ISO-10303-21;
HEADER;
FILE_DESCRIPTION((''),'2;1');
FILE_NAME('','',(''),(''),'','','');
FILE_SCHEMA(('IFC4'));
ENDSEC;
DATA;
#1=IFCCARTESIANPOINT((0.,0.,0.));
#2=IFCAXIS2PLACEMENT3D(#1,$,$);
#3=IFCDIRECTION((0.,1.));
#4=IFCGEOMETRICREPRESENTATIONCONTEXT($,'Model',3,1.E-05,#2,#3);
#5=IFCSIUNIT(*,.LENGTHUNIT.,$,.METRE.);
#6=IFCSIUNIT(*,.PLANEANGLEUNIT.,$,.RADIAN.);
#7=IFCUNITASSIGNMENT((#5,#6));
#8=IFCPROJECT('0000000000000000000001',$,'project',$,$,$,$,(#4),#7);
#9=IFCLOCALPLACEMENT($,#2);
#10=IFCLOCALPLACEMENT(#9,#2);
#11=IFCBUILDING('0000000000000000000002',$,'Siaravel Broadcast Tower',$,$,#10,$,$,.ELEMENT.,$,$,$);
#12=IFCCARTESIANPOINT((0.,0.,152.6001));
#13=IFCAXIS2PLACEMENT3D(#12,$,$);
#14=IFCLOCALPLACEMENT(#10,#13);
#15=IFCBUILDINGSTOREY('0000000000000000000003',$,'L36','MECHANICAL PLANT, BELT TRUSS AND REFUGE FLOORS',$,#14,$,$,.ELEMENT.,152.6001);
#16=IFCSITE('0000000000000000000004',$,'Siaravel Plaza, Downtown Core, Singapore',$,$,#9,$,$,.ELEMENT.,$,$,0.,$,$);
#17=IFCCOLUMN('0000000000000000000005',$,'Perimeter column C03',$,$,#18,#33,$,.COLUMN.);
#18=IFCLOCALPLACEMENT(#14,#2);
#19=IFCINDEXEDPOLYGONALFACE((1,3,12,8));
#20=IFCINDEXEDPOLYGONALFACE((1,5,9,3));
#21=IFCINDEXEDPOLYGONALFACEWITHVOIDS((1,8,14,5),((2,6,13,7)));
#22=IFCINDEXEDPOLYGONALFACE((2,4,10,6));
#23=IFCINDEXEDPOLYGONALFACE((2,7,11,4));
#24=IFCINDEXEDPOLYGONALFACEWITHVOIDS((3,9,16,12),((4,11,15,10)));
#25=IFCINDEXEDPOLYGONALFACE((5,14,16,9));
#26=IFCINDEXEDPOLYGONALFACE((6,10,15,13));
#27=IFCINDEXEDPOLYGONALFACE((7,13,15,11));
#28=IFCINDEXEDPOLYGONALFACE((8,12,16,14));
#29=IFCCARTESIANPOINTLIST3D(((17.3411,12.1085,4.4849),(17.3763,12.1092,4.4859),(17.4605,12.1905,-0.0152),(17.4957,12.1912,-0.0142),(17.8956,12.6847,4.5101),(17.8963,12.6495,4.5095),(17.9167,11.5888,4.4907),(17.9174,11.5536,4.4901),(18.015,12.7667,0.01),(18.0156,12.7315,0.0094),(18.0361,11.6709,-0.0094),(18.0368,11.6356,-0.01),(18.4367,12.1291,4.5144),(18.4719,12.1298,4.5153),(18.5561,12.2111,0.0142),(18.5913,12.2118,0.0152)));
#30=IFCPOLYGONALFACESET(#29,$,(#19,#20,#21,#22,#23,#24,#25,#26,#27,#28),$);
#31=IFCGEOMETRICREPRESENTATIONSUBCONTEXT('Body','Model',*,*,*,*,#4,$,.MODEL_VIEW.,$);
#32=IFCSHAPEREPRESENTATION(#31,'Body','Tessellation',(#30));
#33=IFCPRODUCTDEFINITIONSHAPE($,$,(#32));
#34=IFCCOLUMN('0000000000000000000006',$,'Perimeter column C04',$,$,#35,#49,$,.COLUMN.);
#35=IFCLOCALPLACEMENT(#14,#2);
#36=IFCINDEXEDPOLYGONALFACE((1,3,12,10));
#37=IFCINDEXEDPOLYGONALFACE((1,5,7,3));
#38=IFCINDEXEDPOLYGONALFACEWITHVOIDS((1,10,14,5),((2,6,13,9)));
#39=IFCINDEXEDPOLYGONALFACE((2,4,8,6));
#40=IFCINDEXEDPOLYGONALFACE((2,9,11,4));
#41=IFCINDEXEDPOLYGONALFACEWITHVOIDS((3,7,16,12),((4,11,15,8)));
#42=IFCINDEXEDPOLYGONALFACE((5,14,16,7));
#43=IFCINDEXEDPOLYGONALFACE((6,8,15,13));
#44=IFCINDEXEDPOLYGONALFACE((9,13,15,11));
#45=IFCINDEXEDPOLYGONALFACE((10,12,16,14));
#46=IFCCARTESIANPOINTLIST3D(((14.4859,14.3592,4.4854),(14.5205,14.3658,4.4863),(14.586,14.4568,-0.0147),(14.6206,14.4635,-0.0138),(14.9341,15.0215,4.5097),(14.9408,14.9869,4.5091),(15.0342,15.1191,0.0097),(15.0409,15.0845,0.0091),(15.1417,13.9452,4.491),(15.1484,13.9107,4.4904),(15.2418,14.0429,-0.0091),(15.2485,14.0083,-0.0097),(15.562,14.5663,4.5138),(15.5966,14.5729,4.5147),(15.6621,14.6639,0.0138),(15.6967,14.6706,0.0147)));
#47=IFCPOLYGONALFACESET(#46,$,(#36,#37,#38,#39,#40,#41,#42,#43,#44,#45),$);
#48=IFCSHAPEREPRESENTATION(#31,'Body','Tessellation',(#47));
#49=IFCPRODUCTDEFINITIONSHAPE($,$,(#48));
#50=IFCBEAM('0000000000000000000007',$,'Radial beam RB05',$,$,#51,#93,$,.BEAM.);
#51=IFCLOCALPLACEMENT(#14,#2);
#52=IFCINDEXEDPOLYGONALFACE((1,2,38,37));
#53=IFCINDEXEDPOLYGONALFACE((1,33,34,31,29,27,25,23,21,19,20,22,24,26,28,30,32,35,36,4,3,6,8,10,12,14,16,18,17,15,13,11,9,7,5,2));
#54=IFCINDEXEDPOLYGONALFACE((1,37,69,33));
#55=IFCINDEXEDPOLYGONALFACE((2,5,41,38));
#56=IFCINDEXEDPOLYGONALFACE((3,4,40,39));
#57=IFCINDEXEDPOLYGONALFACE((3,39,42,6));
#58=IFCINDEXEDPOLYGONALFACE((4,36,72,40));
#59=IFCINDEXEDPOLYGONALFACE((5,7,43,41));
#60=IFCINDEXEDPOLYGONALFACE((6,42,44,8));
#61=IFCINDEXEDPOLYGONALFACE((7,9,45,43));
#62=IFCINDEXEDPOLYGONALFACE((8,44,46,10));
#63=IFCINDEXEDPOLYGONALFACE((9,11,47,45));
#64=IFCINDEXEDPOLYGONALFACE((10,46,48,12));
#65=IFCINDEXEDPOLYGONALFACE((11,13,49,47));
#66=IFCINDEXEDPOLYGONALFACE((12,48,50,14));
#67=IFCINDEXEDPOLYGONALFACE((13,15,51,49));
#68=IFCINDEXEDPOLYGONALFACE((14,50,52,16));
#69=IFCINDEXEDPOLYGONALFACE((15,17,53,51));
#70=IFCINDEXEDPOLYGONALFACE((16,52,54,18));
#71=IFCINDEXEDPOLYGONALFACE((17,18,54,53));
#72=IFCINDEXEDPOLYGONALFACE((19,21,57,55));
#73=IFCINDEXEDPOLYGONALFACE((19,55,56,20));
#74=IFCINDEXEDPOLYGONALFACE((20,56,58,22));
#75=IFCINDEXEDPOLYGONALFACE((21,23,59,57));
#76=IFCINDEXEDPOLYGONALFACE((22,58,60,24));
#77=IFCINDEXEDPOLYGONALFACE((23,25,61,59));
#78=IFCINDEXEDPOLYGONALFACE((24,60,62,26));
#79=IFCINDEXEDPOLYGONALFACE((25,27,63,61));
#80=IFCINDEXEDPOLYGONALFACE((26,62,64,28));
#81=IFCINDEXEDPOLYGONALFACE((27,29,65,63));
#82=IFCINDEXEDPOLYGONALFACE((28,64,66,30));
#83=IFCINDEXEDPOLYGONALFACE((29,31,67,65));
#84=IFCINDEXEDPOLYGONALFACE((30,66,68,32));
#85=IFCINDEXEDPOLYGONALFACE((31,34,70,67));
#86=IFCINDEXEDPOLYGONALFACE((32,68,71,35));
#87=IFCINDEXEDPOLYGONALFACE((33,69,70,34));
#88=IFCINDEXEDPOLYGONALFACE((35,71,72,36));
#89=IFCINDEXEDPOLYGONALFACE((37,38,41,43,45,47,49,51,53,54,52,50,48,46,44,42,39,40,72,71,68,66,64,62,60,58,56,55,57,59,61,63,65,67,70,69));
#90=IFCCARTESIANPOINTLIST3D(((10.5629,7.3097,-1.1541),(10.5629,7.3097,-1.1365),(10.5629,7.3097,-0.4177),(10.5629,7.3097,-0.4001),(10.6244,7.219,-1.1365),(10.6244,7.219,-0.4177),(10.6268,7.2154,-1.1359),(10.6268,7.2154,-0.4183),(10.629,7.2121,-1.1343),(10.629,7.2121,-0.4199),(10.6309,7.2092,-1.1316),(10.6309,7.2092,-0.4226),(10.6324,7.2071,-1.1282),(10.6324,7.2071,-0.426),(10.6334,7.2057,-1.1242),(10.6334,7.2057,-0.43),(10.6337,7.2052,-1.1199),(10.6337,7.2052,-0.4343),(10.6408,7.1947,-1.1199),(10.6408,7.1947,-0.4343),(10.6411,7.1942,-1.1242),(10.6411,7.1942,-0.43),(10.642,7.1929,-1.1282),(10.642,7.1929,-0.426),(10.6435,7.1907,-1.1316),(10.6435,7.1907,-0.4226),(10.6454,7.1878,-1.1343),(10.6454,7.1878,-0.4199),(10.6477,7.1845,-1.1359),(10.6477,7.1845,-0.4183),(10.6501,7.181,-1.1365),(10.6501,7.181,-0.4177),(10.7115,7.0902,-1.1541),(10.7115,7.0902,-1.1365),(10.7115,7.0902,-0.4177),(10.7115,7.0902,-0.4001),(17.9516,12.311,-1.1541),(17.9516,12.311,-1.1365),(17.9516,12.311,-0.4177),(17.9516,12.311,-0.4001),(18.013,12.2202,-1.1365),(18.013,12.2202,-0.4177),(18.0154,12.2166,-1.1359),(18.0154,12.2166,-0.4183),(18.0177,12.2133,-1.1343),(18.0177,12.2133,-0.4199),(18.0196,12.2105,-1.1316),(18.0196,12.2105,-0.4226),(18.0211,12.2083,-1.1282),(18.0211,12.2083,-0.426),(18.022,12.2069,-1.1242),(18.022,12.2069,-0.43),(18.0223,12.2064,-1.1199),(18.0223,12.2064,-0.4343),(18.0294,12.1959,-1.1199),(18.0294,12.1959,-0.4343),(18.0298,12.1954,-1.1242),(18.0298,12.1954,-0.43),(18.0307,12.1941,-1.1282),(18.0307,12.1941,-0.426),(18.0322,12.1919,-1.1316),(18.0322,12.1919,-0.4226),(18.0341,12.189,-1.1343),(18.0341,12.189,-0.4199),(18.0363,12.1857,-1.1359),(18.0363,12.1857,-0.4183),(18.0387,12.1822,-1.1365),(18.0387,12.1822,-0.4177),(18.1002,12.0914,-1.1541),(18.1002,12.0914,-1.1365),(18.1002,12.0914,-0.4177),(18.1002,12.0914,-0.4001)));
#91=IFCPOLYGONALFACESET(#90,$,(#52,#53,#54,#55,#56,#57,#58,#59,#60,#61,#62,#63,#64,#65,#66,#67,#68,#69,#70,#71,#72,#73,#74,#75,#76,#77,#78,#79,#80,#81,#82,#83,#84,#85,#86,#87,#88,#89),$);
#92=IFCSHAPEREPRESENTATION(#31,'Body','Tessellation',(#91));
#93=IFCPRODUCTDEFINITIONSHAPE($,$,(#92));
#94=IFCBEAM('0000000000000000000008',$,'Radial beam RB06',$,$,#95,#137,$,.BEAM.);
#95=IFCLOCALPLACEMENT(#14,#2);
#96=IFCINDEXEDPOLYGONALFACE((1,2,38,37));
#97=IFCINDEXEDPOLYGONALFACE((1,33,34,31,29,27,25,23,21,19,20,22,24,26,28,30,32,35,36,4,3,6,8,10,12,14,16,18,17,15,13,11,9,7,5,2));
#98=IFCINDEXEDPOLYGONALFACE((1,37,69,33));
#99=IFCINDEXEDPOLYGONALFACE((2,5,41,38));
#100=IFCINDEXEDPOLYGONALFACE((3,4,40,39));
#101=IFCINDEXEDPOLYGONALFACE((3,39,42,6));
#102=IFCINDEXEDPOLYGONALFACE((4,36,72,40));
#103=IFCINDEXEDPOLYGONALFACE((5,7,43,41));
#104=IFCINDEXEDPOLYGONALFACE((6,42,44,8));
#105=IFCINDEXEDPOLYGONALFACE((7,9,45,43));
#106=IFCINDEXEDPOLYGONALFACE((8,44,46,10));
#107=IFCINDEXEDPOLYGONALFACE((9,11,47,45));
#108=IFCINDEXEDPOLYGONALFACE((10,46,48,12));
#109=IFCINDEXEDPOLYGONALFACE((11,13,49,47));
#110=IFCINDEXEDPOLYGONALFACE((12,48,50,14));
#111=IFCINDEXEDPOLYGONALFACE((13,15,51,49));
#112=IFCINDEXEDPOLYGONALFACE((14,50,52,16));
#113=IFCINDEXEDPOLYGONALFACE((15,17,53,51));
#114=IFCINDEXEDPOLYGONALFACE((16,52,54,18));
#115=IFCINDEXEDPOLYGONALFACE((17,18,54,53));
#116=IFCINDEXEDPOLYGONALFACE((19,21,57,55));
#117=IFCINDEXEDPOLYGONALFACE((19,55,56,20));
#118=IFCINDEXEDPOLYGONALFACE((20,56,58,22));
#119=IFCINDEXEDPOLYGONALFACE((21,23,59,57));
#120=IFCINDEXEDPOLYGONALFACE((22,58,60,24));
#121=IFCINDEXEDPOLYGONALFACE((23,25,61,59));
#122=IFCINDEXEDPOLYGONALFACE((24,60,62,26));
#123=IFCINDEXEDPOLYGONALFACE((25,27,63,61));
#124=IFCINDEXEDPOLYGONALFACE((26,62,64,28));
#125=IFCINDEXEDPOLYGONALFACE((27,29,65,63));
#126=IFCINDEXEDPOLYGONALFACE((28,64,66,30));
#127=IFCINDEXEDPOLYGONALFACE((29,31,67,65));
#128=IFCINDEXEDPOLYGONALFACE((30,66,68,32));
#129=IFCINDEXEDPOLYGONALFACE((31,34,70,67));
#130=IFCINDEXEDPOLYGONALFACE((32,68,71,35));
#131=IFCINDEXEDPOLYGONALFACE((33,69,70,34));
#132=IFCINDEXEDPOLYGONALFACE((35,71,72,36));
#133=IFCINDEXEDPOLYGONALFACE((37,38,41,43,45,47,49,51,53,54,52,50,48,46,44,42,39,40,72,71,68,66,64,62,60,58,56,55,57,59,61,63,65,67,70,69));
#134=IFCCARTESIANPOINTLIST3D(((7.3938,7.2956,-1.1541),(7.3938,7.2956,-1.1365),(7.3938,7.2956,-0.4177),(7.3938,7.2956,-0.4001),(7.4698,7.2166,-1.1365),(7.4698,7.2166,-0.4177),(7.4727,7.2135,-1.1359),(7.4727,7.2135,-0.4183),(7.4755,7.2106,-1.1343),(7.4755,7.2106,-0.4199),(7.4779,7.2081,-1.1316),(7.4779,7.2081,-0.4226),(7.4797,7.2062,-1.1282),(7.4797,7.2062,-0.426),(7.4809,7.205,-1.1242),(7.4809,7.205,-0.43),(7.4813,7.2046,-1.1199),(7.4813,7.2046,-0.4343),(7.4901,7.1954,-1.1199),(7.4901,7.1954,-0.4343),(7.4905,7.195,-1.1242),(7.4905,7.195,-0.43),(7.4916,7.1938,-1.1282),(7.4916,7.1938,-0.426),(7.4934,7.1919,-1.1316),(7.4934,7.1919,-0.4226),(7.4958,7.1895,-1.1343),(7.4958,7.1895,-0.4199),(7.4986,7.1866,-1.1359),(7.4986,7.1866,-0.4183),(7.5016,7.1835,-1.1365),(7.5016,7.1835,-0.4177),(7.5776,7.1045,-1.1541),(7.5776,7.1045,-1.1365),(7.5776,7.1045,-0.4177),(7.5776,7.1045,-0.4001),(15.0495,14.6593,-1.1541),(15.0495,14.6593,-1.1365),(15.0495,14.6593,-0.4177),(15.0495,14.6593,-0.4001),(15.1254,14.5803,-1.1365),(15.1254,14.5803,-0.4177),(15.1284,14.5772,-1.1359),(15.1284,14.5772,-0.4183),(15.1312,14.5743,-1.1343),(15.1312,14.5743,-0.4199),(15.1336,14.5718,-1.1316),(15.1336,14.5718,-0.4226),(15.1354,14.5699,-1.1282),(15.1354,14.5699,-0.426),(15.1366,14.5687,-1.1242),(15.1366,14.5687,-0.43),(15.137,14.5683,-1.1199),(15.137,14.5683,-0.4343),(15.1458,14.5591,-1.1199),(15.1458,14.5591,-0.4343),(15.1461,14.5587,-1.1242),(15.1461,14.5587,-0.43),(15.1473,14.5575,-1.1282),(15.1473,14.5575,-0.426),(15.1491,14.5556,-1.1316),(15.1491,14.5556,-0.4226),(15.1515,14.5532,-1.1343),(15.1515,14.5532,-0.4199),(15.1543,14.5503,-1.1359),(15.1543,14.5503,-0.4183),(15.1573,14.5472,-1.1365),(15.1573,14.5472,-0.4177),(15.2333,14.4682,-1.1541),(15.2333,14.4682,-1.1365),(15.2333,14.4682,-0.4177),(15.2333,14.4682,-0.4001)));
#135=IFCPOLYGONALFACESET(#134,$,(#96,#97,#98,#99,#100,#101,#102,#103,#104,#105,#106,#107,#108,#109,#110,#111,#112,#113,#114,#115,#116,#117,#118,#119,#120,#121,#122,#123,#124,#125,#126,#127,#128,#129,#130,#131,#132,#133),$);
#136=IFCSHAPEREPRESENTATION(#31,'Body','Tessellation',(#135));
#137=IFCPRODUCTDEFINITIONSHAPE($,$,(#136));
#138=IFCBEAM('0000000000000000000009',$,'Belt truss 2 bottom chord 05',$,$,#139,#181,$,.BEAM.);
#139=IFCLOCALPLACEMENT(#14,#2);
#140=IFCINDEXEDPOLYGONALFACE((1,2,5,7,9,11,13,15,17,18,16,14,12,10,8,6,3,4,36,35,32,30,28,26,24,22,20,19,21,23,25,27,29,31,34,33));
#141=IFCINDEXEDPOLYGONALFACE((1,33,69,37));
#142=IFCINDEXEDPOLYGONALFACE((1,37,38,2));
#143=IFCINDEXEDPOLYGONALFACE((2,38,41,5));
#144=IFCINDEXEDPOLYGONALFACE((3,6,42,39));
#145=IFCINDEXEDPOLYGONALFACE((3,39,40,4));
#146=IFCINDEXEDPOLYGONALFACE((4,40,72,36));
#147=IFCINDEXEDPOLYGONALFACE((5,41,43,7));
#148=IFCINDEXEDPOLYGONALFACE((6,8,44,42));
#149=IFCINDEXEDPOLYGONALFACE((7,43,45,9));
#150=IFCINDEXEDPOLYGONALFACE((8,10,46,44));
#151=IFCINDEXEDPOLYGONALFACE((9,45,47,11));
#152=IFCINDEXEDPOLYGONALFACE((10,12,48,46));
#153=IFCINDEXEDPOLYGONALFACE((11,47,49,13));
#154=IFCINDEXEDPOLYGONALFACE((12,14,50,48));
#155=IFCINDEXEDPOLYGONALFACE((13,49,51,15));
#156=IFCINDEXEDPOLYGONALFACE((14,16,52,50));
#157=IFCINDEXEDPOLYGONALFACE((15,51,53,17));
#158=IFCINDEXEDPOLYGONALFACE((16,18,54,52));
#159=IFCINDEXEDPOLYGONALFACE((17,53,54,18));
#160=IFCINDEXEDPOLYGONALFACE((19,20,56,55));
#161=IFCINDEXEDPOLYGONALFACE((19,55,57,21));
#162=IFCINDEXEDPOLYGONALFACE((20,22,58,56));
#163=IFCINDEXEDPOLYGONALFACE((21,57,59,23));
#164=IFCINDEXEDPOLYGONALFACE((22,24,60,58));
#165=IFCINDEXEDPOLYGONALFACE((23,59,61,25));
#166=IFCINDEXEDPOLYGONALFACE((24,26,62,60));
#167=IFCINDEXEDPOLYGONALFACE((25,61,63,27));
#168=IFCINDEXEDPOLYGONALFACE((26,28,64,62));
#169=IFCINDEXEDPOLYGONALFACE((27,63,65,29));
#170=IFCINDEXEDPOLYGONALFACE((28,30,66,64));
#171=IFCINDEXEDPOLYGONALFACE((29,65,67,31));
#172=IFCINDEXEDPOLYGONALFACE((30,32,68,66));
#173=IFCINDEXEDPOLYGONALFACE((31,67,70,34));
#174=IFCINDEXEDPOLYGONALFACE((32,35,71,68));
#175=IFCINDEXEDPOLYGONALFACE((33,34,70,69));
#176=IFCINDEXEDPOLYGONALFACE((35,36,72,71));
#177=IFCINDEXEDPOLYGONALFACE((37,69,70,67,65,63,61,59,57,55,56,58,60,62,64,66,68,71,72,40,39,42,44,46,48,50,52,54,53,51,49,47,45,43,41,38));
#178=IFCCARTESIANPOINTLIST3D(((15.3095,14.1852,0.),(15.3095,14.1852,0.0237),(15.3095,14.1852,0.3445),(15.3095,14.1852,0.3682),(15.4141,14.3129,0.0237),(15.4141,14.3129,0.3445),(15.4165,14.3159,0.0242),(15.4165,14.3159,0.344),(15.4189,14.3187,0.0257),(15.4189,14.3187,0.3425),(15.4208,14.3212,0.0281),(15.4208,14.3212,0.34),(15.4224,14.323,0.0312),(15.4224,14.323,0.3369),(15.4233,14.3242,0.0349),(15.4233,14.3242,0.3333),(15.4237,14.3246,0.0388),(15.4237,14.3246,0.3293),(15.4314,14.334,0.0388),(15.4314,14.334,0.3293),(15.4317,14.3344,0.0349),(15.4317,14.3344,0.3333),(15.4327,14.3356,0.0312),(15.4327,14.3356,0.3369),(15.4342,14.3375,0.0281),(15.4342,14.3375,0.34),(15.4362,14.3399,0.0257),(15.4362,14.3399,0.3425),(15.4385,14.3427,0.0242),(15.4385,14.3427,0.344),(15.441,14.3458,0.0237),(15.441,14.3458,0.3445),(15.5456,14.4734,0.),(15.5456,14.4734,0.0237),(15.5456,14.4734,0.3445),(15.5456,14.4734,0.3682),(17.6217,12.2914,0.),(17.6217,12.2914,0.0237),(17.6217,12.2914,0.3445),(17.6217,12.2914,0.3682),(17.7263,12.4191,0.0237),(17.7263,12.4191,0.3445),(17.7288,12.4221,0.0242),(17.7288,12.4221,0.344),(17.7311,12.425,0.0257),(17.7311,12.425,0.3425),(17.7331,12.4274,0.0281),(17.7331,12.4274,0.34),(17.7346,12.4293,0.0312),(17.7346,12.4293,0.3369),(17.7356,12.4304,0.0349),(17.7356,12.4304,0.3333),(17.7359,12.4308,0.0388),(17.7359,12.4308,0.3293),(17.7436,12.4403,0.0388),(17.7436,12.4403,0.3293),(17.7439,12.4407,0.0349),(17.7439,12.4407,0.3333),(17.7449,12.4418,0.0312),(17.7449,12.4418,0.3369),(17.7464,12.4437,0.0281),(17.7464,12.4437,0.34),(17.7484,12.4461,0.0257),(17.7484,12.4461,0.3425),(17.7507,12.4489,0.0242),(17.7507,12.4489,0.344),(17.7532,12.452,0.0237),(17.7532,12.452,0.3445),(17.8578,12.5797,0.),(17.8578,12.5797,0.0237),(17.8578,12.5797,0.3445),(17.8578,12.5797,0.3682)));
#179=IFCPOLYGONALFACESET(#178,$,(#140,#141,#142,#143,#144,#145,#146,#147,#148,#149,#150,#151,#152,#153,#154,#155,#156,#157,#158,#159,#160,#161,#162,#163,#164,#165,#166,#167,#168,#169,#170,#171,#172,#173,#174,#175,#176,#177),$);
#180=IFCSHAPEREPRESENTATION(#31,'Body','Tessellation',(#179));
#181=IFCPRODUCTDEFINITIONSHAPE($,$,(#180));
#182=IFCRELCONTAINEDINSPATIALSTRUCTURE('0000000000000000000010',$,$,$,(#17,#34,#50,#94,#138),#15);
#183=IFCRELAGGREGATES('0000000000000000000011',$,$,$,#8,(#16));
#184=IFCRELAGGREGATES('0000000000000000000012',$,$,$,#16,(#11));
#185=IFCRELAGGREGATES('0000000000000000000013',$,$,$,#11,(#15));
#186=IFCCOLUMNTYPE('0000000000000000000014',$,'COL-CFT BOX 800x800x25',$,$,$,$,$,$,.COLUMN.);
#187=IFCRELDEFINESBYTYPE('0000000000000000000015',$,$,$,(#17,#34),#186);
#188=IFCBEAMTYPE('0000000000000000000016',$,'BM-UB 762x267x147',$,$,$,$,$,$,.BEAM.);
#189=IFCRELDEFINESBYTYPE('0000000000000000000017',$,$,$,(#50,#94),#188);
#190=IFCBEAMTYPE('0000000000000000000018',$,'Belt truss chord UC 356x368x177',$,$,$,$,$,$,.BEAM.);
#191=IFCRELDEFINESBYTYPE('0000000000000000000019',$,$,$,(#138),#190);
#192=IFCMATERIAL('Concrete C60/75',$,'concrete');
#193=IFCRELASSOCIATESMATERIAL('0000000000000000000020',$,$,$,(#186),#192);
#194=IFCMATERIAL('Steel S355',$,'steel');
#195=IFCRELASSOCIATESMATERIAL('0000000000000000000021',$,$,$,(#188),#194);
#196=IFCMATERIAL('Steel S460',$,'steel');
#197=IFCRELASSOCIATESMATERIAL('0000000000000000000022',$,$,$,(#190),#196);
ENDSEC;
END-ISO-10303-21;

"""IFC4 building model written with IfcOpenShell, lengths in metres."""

from ifc_helpers import new_model, si_unit, direction, frame, origin, origin_2d, place, context, subcontext, project, spatial, hollow_rectangle, i_section, extrude, material, material_profile, profile_set, type_object, element, save


model = new_model("IFC4")

# Units and contexts
model_context = context("Model", 3, precision=1e-05, world=origin(), true_north=direction((0.0, 1.0)))
body_context = subcontext(model_context, "Body", "Model", "MODEL_VIEW")
ifc_project = project(units=[si_unit("LENGTHUNIT", "METRE"), si_unit("PLANEANGLEUNIT", "RADIAN")], contexts=[model_context])

# Site, building, storey
site_placement = place(None, origin())
site = spatial("IfcSite", under=ifc_project, at=site_placement, Name="Siaravel Plaza, Downtown Core, Singapore", CompositionType="ELEMENT", RefElevation=0.0)
building_placement = place(site_placement, origin())
building = spatial("IfcBuilding", under=site, at=building_placement, Name="Siaravel Broadcast Tower", CompositionType="ELEMENT")
storey_placement = place(building_placement, frame((0.0, 0.0, 152.6001)))
storey = spatial("IfcBuildingStorey", under=building, at=storey_placement, Name="L36", Description="MECHANICAL PLANT, BELT TRUSS AND REFUGE FLOORS", CompositionType="ELEMENT", Elevation=152.6001)

# Columns
ifc_material_1 = material(Name="Concrete C60/75", Category="concrete")
ifc_material_profile_1 = material_profile(ifc_material_1, hollow_rectangle(XDim=0.8, YDim=0.8, WallThickness=0.0249, at=origin_2d()))
ifc_profile_set_1 = profile_set([ifc_material_profile_1], Name="Concrete C60/75")
column_type = type_object("IfcColumnType", Name="COL-CFT BOX 800x800x25", PredefinedType="COLUMN", material=ifc_profile_set_1)
column_1_placement = place(storey_placement, frame((18.0259, 12.2012, 0.0), z_axis=(-0.026516, -0.01822, 0.999482), x_axis=(0.720364, -0.693566, 0.006468)))
element("IfcColumn", 1, at=column_1_placement, inside=storey, type_object=column_type, Name="Perimeter column C03", PredefinedType="COLUMN", context=body_context, shape_type="SweptSolid", body=[
    extrude(hollow_rectangle(XDim=0.8, YDim=0.8, WallThickness=0.0249, at=origin_2d()), origin(), (0.0, 0.0, 1.0), 4.5024),
])
column_2_placement = place(storey_placement, frame((15.1414, 14.5637, 0.0), z_axis=(-0.022233, -0.021691, 0.999517), x_axis=(0.828046, -0.560625, 0.006253)))
element("IfcColumn", 2, at=column_2_placement, inside=storey, type_object=column_type, Name="Perimeter column C04", PredefinedType="COLUMN", context=body_context, shape_type="SweptSolid", body=[
    extrude(hollow_rectangle(XDim=0.8, YDim=0.8, WallThickness=0.0249, at=origin_2d()), origin(), (0.0, 0.0, 1.0), 4.5022),
])

# Beams
ifc_material_2 = material(Name="Steel S355", Category="steel")
ifc_material_profile_2 = material_profile(ifc_material_2, i_section(OverallWidth=0.2651, OverallDepth=0.7539, WebThickness=0.0127, FlangeThickness=0.0176, FilletRadius=0.0166, at=origin_2d()))
ifc_profile_set_2 = profile_set([ifc_material_profile_2], Name="Steel S355")
beam_type_1 = type_object("IfcBeamType", Name="BM-UB 762x267x147", PredefinedType="BEAM", material=ifc_profile_set_2)
beam_1_placement = place(storey_placement, frame((18.0259, 12.2012, -0.7771), z_axis=(-0.828127, -0.56054, 0.0), x_axis=(0.56054, -0.828127, 0.0)))
element("IfcBeam", 3, at=beam_1_placement, inside=storey, type_object=beam_type_1, Name="Radial beam RB05", PredefinedType="BEAM", context=body_context, shape_type="SweptSolid", body=[
    extrude(i_section(OverallWidth=0.2651, OverallDepth=0.7539, WebThickness=0.0127, FlangeThickness=0.0176, FilletRadius=0.0166, at=origin_2d()), origin(), (0.0, 0.0, 1.0), 8.9221),
])
beam_2_placement = place(storey_placement, frame((15.1414, 14.5637, -0.7771), z_axis=(-0.720717, -0.693229, 0.0), x_axis=(0.693229, -0.720717, 0.0)))
element("IfcBeam", 4, at=beam_2_placement, inside=storey, type_object=beam_type_1, Name="Radial beam RB06", PredefinedType="BEAM", context=body_context, shape_type="SweptSolid", body=[
    extrude(i_section(OverallWidth=0.2651, OverallDepth=0.7539, WebThickness=0.0127, FlangeThickness=0.0176, FilletRadius=0.0166, at=origin_2d()), origin(), (0.0, 0.0, 1.0), 10.6223),
])
ifc_material_3 = material(Name="Steel S460", Category="steel")
ifc_material_profile_3 = material_profile(ifc_material_3, i_section(OverallWidth=0.3726, OverallDepth=0.3682, WebThickness=0.0122, FlangeThickness=0.0237, FilletRadius=0.0151, at=origin_2d()))
ifc_profile_set_3 = profile_set([ifc_material_profile_3], Name="Steel S460")
beam_type_2 = type_object("IfcBeamType", Name="Belt truss chord UC 356x368x177", PredefinedType="BEAM", material=ifc_profile_set_3)
beam_3_placement = place(storey_placement, frame((17.7397, 12.4355, 0.1841), z_axis=(-0.773637, 0.633629, 0.0), x_axis=(-0.633629, -0.773637, 0.0)))
element("IfcBeam", 5, at=beam_3_placement, inside=storey, type_object=beam_type_2, Name="Belt truss 2 bottom chord 05", PredefinedType="BEAM", context=body_context, shape_type="SweptSolid", body=[
    extrude(i_section(OverallWidth=0.3726, OverallDepth=0.3682, WebThickness=0.0122, FlangeThickness=0.0237, FilletRadius=0.0151, at=origin_2d()), origin(), (0.0, 0.0, 1.0), 2.9888),
])

save(model, "model.ifc")
